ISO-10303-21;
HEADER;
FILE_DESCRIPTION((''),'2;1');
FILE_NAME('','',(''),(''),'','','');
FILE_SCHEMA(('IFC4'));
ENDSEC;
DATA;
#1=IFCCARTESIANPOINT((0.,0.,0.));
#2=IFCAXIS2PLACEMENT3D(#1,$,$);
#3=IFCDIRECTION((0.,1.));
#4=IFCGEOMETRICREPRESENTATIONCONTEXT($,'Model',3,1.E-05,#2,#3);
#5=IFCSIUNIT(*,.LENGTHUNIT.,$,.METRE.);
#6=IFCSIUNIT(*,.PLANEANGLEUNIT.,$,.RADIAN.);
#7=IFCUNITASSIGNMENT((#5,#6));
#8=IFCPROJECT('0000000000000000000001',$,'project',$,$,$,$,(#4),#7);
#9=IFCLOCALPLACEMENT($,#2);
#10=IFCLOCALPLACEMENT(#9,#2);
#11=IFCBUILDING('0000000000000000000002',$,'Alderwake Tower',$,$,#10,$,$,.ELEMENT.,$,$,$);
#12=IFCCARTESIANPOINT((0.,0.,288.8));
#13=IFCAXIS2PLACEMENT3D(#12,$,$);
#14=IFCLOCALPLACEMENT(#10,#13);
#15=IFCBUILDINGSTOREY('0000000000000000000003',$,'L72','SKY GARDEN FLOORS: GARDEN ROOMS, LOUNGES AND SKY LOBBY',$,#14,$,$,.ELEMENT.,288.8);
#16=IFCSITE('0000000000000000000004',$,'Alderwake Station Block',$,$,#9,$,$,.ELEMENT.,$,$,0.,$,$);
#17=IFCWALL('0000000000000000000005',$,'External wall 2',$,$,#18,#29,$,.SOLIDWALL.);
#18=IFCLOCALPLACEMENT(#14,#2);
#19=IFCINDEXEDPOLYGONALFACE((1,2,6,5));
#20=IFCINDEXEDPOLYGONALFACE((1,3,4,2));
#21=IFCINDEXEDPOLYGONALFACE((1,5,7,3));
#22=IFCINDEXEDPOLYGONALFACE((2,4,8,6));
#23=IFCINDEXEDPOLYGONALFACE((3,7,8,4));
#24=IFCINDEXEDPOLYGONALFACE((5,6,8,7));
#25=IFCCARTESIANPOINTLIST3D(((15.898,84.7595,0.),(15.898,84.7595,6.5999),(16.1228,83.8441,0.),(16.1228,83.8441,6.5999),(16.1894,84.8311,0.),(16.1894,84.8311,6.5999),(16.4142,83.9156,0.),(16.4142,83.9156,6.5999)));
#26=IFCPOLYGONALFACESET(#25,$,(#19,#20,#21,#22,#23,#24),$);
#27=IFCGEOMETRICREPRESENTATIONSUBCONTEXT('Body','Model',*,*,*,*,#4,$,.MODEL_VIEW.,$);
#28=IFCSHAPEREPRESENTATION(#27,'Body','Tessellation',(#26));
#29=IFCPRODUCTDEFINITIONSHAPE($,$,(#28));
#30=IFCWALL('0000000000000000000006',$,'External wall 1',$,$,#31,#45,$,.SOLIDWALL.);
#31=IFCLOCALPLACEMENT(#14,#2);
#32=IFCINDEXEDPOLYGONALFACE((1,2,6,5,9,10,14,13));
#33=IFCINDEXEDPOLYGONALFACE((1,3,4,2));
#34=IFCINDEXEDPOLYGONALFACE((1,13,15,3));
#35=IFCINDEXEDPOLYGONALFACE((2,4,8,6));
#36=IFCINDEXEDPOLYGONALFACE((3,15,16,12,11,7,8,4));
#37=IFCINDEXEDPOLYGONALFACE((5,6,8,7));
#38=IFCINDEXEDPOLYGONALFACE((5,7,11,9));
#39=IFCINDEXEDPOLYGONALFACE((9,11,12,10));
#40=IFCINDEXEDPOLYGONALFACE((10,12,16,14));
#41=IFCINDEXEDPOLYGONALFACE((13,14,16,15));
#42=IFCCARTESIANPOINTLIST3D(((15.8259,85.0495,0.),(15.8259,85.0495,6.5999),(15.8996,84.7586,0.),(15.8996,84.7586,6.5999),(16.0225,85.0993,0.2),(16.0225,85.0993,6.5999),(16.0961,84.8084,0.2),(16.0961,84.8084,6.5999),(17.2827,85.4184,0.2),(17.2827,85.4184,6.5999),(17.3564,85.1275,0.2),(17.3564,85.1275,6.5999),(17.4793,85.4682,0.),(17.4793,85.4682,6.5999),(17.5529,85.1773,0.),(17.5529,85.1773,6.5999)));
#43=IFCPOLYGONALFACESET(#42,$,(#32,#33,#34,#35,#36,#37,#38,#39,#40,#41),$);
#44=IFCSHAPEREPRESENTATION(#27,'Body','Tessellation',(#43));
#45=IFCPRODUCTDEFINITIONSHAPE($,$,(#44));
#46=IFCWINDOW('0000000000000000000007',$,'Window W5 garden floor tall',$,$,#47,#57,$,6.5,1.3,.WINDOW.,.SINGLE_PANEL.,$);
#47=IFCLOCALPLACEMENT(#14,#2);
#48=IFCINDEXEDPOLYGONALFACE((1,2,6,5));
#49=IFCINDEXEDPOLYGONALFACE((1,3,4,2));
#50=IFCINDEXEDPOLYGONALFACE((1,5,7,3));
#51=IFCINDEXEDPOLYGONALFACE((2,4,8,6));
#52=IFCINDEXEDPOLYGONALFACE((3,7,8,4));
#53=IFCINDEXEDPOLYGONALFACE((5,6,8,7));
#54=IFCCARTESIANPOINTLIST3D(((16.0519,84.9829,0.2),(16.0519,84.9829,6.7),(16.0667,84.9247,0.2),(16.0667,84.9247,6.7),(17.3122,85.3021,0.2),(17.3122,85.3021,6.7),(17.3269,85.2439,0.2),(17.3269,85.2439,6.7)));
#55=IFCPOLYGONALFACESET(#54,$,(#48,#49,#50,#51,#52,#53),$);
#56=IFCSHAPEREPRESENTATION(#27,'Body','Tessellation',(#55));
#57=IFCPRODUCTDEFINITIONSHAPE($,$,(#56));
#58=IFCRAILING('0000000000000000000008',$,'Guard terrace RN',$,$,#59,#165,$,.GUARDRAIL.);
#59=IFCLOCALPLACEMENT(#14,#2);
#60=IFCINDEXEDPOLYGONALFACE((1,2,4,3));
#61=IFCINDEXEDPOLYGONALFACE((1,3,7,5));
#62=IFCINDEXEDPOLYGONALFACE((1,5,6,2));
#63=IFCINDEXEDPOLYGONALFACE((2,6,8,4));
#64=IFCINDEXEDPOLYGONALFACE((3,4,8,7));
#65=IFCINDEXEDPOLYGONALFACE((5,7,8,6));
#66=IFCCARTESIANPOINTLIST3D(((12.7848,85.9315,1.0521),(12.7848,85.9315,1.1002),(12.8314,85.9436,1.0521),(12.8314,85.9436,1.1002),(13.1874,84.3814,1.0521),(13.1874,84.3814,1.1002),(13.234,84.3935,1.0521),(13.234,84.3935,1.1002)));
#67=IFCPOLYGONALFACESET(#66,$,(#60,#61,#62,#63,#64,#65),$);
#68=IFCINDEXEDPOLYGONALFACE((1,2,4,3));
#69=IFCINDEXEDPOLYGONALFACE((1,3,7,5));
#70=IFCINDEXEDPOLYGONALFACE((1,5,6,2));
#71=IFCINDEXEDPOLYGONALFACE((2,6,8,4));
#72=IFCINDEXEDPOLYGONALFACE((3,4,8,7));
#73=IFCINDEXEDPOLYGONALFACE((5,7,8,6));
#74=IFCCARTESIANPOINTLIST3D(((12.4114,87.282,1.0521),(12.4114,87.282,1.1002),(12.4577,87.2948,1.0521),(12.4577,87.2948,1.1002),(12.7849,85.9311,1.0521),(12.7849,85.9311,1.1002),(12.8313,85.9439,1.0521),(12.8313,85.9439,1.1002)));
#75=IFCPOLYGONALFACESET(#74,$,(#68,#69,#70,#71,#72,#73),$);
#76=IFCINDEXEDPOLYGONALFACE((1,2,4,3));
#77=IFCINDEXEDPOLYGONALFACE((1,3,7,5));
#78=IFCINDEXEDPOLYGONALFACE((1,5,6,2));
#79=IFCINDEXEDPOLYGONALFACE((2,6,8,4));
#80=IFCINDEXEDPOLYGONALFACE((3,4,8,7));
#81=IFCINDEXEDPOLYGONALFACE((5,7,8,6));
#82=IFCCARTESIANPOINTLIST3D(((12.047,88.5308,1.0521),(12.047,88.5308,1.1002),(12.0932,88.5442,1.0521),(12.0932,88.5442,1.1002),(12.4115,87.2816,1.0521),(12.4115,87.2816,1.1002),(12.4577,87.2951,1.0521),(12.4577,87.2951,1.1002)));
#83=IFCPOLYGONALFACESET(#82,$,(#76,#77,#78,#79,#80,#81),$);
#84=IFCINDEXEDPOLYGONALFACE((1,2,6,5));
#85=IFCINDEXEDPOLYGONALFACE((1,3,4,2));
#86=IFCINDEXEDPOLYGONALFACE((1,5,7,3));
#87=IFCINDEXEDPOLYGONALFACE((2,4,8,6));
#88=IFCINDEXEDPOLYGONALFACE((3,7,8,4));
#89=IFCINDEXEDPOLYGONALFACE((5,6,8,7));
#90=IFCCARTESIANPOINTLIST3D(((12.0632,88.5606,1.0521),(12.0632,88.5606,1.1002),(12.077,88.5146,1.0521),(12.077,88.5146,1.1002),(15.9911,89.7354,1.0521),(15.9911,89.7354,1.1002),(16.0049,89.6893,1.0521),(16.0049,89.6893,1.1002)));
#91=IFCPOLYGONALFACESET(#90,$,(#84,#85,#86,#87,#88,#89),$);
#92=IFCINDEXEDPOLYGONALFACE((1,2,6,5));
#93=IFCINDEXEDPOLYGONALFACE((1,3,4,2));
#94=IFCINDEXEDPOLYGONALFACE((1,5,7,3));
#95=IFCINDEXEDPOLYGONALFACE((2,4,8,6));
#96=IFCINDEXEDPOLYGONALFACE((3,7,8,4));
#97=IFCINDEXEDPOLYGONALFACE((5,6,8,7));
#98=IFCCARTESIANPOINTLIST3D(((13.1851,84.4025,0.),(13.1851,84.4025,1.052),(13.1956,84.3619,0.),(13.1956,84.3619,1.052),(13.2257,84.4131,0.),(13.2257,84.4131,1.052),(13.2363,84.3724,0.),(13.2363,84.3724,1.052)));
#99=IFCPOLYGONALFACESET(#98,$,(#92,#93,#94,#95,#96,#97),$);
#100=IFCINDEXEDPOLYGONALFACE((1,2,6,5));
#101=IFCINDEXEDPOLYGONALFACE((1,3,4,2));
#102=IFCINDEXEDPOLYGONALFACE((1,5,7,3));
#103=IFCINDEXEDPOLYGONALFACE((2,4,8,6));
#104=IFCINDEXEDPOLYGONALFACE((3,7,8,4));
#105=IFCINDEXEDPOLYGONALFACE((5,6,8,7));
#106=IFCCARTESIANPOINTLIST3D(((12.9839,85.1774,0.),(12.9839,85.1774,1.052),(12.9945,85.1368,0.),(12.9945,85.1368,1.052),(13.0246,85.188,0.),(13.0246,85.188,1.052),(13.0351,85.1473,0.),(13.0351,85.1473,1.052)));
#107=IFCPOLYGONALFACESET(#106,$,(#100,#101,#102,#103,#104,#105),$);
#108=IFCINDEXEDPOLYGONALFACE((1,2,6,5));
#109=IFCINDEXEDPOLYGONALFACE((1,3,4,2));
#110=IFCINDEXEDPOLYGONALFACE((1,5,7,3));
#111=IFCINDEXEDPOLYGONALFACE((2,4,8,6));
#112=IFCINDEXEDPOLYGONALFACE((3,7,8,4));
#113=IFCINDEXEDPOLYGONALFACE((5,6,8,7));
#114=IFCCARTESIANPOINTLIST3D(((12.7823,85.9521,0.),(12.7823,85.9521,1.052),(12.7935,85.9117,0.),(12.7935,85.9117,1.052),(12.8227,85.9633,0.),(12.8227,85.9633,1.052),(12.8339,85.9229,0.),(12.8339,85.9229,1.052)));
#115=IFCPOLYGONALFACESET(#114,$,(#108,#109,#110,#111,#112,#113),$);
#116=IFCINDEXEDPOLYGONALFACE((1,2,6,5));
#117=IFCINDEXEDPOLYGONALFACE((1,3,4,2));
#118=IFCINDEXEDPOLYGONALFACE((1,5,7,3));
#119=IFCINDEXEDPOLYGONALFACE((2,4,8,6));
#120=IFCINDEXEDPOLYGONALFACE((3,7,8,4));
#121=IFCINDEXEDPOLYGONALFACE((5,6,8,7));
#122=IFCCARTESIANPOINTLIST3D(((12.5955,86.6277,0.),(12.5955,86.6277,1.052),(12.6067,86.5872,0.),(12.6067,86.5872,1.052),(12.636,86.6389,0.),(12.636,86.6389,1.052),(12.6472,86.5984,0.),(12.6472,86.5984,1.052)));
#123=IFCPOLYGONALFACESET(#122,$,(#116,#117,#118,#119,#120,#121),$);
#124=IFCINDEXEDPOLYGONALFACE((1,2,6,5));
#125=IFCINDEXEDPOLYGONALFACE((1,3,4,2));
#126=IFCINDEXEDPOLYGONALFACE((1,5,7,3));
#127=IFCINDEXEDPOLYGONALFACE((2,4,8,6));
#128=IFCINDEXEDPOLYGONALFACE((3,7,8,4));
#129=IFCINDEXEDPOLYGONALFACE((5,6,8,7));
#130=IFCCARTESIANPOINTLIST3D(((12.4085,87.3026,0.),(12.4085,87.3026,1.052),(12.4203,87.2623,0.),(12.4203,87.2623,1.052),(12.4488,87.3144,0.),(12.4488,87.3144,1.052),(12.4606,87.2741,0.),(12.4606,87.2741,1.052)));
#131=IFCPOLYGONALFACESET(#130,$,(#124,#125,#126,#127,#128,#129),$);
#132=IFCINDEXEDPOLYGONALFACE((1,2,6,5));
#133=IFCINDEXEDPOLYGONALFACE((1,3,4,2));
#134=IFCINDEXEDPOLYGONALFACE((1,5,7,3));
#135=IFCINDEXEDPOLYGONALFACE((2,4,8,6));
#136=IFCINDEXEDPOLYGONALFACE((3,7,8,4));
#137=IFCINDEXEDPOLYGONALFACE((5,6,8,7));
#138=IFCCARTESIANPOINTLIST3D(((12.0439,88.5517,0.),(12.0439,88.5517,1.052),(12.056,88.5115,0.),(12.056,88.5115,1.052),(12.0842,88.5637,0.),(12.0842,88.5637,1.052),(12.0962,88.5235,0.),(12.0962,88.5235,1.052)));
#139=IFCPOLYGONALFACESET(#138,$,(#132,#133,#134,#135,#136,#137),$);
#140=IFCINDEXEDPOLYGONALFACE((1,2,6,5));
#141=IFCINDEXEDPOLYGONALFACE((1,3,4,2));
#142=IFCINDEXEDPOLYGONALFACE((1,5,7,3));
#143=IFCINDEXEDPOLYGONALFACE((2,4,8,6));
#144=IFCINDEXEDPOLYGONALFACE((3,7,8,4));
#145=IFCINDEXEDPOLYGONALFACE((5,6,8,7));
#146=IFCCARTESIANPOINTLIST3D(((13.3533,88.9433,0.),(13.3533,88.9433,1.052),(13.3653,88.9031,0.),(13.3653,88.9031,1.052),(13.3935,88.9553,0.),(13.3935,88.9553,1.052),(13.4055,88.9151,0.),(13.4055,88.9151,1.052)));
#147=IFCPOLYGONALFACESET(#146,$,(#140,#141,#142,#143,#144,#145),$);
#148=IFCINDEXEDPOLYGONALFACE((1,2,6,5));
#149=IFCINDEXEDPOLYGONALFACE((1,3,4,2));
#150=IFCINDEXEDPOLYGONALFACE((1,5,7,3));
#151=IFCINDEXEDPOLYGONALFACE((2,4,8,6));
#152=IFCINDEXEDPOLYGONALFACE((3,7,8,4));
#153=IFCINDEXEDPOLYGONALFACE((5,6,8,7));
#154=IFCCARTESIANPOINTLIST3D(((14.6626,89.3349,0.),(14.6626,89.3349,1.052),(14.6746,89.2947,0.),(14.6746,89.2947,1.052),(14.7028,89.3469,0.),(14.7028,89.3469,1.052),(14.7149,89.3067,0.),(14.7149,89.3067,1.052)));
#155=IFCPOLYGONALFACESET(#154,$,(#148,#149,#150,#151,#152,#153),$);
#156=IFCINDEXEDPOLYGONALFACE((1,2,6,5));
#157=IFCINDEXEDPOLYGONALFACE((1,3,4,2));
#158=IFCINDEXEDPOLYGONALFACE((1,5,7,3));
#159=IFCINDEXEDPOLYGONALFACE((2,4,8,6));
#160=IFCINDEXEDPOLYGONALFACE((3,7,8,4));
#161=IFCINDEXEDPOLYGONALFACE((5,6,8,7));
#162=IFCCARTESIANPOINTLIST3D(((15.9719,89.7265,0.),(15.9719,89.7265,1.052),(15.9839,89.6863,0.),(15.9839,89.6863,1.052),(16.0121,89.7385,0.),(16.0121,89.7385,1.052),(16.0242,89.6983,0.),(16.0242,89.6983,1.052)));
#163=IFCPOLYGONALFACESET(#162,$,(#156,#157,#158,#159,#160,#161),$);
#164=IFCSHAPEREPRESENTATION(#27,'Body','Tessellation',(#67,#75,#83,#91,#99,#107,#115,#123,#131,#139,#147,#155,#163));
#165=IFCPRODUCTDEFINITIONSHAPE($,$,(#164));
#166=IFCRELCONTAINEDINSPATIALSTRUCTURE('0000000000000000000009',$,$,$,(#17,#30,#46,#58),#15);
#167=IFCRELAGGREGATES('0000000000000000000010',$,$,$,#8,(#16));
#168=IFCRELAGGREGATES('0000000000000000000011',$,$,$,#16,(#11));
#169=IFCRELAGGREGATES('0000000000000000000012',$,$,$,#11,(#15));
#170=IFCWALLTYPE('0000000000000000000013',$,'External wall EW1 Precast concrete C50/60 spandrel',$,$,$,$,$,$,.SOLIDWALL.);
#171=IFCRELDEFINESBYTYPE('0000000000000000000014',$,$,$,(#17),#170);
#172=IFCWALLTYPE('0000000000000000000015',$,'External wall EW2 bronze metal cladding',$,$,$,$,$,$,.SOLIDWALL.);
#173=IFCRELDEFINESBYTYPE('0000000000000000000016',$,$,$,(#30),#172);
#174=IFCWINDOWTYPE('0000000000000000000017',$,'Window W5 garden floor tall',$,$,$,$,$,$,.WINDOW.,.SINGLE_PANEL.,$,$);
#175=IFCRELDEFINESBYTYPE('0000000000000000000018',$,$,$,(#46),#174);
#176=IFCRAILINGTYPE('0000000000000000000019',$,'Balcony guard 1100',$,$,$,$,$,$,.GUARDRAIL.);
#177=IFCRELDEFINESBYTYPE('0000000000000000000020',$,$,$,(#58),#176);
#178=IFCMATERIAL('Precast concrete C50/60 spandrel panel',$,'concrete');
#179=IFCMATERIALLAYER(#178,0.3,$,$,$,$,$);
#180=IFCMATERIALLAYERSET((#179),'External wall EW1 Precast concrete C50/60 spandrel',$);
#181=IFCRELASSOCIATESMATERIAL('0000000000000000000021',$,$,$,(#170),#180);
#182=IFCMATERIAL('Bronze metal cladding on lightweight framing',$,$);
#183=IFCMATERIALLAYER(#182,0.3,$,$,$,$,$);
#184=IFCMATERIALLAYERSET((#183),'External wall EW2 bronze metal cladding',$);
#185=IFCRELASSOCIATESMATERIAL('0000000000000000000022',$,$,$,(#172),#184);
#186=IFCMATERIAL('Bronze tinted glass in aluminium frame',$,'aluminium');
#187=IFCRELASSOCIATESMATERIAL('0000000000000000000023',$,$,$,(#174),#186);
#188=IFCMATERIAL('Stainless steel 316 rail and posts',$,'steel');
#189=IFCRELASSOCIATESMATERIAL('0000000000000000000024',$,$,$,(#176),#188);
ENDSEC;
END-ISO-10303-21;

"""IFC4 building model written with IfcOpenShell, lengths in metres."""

from ifc_helpers import new_model, si_unit, direction, frame, frame_2d, origin, origin_2d, place, context, subcontext, project, spatial, rectangle, extrude, material, layer, layer_set, type_object, element, fill, save


model = new_model("IFC4")

# Units and contexts
model_context = context("Model", 3, precision=1e-05, world=origin(), true_north=direction((0.0, 1.0)))
body_context = subcontext(model_context, "Body", "Model", "MODEL_VIEW")
ifc_project = project(units=[si_unit("LENGTHUNIT", "METRE"), si_unit("PLANEANGLEUNIT", "RADIAN")], contexts=[model_context])

# Site, building, storey
site_placement = place(None, origin())
site = spatial("IfcSite", under=ifc_project, at=site_placement, Name="Alderwake Station Block", CompositionType="ELEMENT", RefElevation=0.0)
building_placement = place(site_placement, origin())
building = spatial("IfcBuilding", under=site, at=building_placement, Name="Alderwake Tower", CompositionType="ELEMENT")
storey_placement = place(building_placement, frame((0.0, 0.0, 288.8)))
storey = spatial("IfcBuildingStorey", under=building, at=storey_placement, Name="L72", Description="SKY GARDEN FLOORS: GARDEN ROOMS, LOUNGES AND SKY LOBBY", CompositionType="ELEMENT", Elevation=288.8)

# Wall
ifc_material_1 = material(Name="Precast concrete C50/60 spandrel panel", Category="concrete")
ifc_layer_1 = layer(ifc_material_1, 0.3)
ifc_layer_set_1 = layer_set([ifc_layer_1], Name="External wall EW1 Precast concrete C50/60 spandrel")
wall_type_1 = type_object("IfcWallType", Name="External wall EW1 Precast concrete C50/60 spandrel", PredefinedType="SOLIDWALL", material=ifc_layer_set_1)
wall_1_placement = place(storey_placement, frame((16.0437, 84.7952, 0.0), z_axis=(0.0, 0.0, 1.0), x_axis=(0.238512, -0.97114, 0.0)))
element("IfcWall", 1, at=wall_1_placement, inside=storey, type_object=wall_type_1, Name="External wall 2", PredefinedType="SOLIDWALL", context=body_context, shape_type="SweptSolid", body=[
    extrude(rectangle(XDim=0.9426, YDim=0.3, at=frame_2d((0.4712, 0.0))), origin(), (0.0, 0.0, 1.0), 6.5999),
])

# Wall, opening, window
ifc_material_2 = material(Name="Bronze metal cladding on lightweight framing")
ifc_layer_2 = layer(ifc_material_2, 0.3)
ifc_layer_set_2 = layer_set([ifc_layer_2], Name="External wall EW2 bronze metal cladding")
wall_type_2 = type_object("IfcWallType", Name="External wall EW2 bronze metal cladding", PredefinedType="SOLIDWALL", material=ifc_layer_set_2)
wall_2_placement = place(storey_placement, frame((17.5161, 85.3228, 0.0), z_axis=(0.0, 0.0, 1.0), x_axis=(-0.969397, -0.245498, 0.0)))
wall_2 = element("IfcWall", 2, at=wall_2_placement, inside=storey, type_object=wall_type_2, Name="External wall 1", PredefinedType="SOLIDWALL", context=body_context, shape_type="SweptSolid", body=[
    extrude(rectangle(XDim=1.7056, YDim=0.3, at=frame_2d((0.8528, 0.0))), origin(), (0.0, 0.0, 1.0), 6.5999),
])
opening_1_placement = place(wall_2_placement, frame((0.2029, 0.0, 0.2)))
opening_1 = element("IfcOpeningElement", 3, at=opening_1_placement, cuts=wall_2, PredefinedType="OPENING", context=body_context, shape_type="SweptSolid", body=[
    extrude(rectangle(XDim=1.3, YDim=6.5, at=frame_2d((0.6499, 3.25))), frame((0.0, 0.1599, 0.0), z_axis=(0.0, -1.0, 0.0), x_axis=(1.0, 0.0, 0.0)), (0.0, 0.0, 1.0), 0.3201),
])
ifc_material_3 = material(Name="Bronze tinted glass in aluminium frame", Category="aluminium")
window_type = type_object("IfcWindowType", Name="Window W5 garden floor tall", PartitioningType="SINGLE_PANEL", PredefinedType="WINDOW", material=ifc_material_3)
window_placement = place(opening_1_placement, origin())
window = element("IfcWindow", 4, at=window_placement, inside=storey, type_object=window_type, Name="Window W5 garden floor tall", OverallHeight=6.5, OverallWidth=1.3, PartitioningType="SINGLE_PANEL", PredefinedType="WINDOW", context=body_context, shape_type="SweptSolid", body=[
    extrude(rectangle(XDim=1.3, YDim=6.5, at=frame_2d((0.6499, 3.25))), frame((0.0, 0.03, 0.0), z_axis=(0.0, -1.0, 0.0), x_axis=(1.0, 0.0, 0.0)), (0.0, 0.0, 1.0), 0.0601),
])
fill(opening_1, window)

# Railing
ifc_material_4 = material(Name="Stainless steel 316 rail and posts", Category="steel")
railing_type = type_object("IfcRailingType", Name="Balcony guard 1100", PredefinedType="GUARDRAIL", material=ifc_material_4)
railing_1_placement = place(storey_placement, frame((13.2107, 84.3875, 0.0)))
element("IfcRailing", 5, at=railing_1_placement, inside=storey, type_object=railing_type, Name="Guard terrace RN", PredefinedType="GUARDRAIL", context=body_context, shape_type="SweptSolid", body=[
    extrude(rectangle(XDim=0.0481, YDim=0.0481, at=origin_2d()), frame((0.0, 0.0, 1.0762), z_axis=(-0.251385, 0.967887, 0.0), x_axis=(-0.967887, -0.251385, 0.0)), (0.0, 0.0, 1.0), 1.6016),
    extrude(rectangle(XDim=0.0481, YDim=0.0481, at=origin_2d()), frame((-0.4026, 1.55, 1.0762), z_axis=(-0.266521, 0.963829, 0.0), x_axis=(-0.963829, -0.266521, 0.0)), (0.0, 0.0, 1.0), 1.4016),
    extrude(rectangle(XDim=0.0481, YDim=0.0481, at=origin_2d()), frame((-0.7761, 2.9009, 1.0762), z_axis=(-0.280094, 0.959973, 0.0), x_axis=(-0.959973, -0.280094, 0.0)), (0.0, 0.0, 1.0), 1.3013),
    extrude(rectangle(XDim=0.0481, YDim=0.0481, at=origin_2d()), frame((-1.1406, 4.1501, 1.0762), z_axis=(0.958067, 0.286545, 0.0), x_axis=(-0.286545, 0.958067, 0.0)), (0.0, 0.0, 1.0), 4.0999),
    extrude(rectangle(XDim=0.042, YDim=0.042, at=origin_2d()), frame((0.0, 0.0, 0.0), z_axis=(0.0, 0.0, 1.0), x_axis=(-0.251385, 0.967887, 0.0)), (0.0, 0.0, 1.0), 1.052),
    extrude(rectangle(XDim=0.042, YDim=0.042, at=origin_2d()), frame((-0.2012, 0.7749, 0.0), z_axis=(0.0, 0.0, 1.0), x_axis=(-0.251385, 0.967887, 0.0)), (0.0, 0.0, 1.0), 1.052),
    extrude(rectangle(XDim=0.042, YDim=0.042, at=origin_2d()), frame((-0.4026, 1.55, 0.0), z_axis=(0.0, 0.0, 1.0), x_axis=(-0.266521, 0.963829, 0.0)), (0.0, 0.0, 1.0), 1.052),
    extrude(rectangle(XDim=0.042, YDim=0.042, at=origin_2d()), frame((-0.5894, 2.2256, 0.0), z_axis=(0.0, 0.0, 1.0), x_axis=(-0.266521, 0.963829, 0.0)), (0.0, 0.0, 1.0), 1.052),
    extrude(rectangle(XDim=0.042, YDim=0.042, at=origin_2d()), frame((-0.7761, 2.9009, 0.0), z_axis=(0.0, 0.0, 1.0), x_axis=(-0.280094, 0.959973, 0.0)), (0.0, 0.0, 1.0), 1.052),
    extrude(rectangle(XDim=0.042, YDim=0.042, at=origin_2d()), frame((-1.1406, 4.1501, 0.0), z_axis=(0.0, 0.0, 1.0), x_axis=(0.958067, 0.286545, 0.0)), (0.0, 0.0, 1.0), 1.052),
    extrude(rectangle(XDim=0.042, YDim=0.042, at=origin_2d()), frame((0.1687, 4.5417, 0.0), z_axis=(0.0, 0.0, 1.0), x_axis=(0.958067, 0.286545, 0.0)), (0.0, 0.0, 1.0), 1.052),
    extrude(rectangle(XDim=0.042, YDim=0.042, at=origin_2d()), frame((1.478, 4.9333, 0.0), z_axis=(0.0, 0.0, 1.0), x_axis=(0.958067, 0.286545, 0.0)), (0.0, 0.0, 1.0), 1.052),
    extrude(rectangle(XDim=0.042, YDim=0.042, at=origin_2d()), frame((2.7874, 5.325, 0.0), z_axis=(0.0, 0.0, 1.0), x_axis=(0.958067, 0.286545, 0.0)), (0.0, 0.0, 1.0), 1.052),
])

save(model, "model.ifc")
